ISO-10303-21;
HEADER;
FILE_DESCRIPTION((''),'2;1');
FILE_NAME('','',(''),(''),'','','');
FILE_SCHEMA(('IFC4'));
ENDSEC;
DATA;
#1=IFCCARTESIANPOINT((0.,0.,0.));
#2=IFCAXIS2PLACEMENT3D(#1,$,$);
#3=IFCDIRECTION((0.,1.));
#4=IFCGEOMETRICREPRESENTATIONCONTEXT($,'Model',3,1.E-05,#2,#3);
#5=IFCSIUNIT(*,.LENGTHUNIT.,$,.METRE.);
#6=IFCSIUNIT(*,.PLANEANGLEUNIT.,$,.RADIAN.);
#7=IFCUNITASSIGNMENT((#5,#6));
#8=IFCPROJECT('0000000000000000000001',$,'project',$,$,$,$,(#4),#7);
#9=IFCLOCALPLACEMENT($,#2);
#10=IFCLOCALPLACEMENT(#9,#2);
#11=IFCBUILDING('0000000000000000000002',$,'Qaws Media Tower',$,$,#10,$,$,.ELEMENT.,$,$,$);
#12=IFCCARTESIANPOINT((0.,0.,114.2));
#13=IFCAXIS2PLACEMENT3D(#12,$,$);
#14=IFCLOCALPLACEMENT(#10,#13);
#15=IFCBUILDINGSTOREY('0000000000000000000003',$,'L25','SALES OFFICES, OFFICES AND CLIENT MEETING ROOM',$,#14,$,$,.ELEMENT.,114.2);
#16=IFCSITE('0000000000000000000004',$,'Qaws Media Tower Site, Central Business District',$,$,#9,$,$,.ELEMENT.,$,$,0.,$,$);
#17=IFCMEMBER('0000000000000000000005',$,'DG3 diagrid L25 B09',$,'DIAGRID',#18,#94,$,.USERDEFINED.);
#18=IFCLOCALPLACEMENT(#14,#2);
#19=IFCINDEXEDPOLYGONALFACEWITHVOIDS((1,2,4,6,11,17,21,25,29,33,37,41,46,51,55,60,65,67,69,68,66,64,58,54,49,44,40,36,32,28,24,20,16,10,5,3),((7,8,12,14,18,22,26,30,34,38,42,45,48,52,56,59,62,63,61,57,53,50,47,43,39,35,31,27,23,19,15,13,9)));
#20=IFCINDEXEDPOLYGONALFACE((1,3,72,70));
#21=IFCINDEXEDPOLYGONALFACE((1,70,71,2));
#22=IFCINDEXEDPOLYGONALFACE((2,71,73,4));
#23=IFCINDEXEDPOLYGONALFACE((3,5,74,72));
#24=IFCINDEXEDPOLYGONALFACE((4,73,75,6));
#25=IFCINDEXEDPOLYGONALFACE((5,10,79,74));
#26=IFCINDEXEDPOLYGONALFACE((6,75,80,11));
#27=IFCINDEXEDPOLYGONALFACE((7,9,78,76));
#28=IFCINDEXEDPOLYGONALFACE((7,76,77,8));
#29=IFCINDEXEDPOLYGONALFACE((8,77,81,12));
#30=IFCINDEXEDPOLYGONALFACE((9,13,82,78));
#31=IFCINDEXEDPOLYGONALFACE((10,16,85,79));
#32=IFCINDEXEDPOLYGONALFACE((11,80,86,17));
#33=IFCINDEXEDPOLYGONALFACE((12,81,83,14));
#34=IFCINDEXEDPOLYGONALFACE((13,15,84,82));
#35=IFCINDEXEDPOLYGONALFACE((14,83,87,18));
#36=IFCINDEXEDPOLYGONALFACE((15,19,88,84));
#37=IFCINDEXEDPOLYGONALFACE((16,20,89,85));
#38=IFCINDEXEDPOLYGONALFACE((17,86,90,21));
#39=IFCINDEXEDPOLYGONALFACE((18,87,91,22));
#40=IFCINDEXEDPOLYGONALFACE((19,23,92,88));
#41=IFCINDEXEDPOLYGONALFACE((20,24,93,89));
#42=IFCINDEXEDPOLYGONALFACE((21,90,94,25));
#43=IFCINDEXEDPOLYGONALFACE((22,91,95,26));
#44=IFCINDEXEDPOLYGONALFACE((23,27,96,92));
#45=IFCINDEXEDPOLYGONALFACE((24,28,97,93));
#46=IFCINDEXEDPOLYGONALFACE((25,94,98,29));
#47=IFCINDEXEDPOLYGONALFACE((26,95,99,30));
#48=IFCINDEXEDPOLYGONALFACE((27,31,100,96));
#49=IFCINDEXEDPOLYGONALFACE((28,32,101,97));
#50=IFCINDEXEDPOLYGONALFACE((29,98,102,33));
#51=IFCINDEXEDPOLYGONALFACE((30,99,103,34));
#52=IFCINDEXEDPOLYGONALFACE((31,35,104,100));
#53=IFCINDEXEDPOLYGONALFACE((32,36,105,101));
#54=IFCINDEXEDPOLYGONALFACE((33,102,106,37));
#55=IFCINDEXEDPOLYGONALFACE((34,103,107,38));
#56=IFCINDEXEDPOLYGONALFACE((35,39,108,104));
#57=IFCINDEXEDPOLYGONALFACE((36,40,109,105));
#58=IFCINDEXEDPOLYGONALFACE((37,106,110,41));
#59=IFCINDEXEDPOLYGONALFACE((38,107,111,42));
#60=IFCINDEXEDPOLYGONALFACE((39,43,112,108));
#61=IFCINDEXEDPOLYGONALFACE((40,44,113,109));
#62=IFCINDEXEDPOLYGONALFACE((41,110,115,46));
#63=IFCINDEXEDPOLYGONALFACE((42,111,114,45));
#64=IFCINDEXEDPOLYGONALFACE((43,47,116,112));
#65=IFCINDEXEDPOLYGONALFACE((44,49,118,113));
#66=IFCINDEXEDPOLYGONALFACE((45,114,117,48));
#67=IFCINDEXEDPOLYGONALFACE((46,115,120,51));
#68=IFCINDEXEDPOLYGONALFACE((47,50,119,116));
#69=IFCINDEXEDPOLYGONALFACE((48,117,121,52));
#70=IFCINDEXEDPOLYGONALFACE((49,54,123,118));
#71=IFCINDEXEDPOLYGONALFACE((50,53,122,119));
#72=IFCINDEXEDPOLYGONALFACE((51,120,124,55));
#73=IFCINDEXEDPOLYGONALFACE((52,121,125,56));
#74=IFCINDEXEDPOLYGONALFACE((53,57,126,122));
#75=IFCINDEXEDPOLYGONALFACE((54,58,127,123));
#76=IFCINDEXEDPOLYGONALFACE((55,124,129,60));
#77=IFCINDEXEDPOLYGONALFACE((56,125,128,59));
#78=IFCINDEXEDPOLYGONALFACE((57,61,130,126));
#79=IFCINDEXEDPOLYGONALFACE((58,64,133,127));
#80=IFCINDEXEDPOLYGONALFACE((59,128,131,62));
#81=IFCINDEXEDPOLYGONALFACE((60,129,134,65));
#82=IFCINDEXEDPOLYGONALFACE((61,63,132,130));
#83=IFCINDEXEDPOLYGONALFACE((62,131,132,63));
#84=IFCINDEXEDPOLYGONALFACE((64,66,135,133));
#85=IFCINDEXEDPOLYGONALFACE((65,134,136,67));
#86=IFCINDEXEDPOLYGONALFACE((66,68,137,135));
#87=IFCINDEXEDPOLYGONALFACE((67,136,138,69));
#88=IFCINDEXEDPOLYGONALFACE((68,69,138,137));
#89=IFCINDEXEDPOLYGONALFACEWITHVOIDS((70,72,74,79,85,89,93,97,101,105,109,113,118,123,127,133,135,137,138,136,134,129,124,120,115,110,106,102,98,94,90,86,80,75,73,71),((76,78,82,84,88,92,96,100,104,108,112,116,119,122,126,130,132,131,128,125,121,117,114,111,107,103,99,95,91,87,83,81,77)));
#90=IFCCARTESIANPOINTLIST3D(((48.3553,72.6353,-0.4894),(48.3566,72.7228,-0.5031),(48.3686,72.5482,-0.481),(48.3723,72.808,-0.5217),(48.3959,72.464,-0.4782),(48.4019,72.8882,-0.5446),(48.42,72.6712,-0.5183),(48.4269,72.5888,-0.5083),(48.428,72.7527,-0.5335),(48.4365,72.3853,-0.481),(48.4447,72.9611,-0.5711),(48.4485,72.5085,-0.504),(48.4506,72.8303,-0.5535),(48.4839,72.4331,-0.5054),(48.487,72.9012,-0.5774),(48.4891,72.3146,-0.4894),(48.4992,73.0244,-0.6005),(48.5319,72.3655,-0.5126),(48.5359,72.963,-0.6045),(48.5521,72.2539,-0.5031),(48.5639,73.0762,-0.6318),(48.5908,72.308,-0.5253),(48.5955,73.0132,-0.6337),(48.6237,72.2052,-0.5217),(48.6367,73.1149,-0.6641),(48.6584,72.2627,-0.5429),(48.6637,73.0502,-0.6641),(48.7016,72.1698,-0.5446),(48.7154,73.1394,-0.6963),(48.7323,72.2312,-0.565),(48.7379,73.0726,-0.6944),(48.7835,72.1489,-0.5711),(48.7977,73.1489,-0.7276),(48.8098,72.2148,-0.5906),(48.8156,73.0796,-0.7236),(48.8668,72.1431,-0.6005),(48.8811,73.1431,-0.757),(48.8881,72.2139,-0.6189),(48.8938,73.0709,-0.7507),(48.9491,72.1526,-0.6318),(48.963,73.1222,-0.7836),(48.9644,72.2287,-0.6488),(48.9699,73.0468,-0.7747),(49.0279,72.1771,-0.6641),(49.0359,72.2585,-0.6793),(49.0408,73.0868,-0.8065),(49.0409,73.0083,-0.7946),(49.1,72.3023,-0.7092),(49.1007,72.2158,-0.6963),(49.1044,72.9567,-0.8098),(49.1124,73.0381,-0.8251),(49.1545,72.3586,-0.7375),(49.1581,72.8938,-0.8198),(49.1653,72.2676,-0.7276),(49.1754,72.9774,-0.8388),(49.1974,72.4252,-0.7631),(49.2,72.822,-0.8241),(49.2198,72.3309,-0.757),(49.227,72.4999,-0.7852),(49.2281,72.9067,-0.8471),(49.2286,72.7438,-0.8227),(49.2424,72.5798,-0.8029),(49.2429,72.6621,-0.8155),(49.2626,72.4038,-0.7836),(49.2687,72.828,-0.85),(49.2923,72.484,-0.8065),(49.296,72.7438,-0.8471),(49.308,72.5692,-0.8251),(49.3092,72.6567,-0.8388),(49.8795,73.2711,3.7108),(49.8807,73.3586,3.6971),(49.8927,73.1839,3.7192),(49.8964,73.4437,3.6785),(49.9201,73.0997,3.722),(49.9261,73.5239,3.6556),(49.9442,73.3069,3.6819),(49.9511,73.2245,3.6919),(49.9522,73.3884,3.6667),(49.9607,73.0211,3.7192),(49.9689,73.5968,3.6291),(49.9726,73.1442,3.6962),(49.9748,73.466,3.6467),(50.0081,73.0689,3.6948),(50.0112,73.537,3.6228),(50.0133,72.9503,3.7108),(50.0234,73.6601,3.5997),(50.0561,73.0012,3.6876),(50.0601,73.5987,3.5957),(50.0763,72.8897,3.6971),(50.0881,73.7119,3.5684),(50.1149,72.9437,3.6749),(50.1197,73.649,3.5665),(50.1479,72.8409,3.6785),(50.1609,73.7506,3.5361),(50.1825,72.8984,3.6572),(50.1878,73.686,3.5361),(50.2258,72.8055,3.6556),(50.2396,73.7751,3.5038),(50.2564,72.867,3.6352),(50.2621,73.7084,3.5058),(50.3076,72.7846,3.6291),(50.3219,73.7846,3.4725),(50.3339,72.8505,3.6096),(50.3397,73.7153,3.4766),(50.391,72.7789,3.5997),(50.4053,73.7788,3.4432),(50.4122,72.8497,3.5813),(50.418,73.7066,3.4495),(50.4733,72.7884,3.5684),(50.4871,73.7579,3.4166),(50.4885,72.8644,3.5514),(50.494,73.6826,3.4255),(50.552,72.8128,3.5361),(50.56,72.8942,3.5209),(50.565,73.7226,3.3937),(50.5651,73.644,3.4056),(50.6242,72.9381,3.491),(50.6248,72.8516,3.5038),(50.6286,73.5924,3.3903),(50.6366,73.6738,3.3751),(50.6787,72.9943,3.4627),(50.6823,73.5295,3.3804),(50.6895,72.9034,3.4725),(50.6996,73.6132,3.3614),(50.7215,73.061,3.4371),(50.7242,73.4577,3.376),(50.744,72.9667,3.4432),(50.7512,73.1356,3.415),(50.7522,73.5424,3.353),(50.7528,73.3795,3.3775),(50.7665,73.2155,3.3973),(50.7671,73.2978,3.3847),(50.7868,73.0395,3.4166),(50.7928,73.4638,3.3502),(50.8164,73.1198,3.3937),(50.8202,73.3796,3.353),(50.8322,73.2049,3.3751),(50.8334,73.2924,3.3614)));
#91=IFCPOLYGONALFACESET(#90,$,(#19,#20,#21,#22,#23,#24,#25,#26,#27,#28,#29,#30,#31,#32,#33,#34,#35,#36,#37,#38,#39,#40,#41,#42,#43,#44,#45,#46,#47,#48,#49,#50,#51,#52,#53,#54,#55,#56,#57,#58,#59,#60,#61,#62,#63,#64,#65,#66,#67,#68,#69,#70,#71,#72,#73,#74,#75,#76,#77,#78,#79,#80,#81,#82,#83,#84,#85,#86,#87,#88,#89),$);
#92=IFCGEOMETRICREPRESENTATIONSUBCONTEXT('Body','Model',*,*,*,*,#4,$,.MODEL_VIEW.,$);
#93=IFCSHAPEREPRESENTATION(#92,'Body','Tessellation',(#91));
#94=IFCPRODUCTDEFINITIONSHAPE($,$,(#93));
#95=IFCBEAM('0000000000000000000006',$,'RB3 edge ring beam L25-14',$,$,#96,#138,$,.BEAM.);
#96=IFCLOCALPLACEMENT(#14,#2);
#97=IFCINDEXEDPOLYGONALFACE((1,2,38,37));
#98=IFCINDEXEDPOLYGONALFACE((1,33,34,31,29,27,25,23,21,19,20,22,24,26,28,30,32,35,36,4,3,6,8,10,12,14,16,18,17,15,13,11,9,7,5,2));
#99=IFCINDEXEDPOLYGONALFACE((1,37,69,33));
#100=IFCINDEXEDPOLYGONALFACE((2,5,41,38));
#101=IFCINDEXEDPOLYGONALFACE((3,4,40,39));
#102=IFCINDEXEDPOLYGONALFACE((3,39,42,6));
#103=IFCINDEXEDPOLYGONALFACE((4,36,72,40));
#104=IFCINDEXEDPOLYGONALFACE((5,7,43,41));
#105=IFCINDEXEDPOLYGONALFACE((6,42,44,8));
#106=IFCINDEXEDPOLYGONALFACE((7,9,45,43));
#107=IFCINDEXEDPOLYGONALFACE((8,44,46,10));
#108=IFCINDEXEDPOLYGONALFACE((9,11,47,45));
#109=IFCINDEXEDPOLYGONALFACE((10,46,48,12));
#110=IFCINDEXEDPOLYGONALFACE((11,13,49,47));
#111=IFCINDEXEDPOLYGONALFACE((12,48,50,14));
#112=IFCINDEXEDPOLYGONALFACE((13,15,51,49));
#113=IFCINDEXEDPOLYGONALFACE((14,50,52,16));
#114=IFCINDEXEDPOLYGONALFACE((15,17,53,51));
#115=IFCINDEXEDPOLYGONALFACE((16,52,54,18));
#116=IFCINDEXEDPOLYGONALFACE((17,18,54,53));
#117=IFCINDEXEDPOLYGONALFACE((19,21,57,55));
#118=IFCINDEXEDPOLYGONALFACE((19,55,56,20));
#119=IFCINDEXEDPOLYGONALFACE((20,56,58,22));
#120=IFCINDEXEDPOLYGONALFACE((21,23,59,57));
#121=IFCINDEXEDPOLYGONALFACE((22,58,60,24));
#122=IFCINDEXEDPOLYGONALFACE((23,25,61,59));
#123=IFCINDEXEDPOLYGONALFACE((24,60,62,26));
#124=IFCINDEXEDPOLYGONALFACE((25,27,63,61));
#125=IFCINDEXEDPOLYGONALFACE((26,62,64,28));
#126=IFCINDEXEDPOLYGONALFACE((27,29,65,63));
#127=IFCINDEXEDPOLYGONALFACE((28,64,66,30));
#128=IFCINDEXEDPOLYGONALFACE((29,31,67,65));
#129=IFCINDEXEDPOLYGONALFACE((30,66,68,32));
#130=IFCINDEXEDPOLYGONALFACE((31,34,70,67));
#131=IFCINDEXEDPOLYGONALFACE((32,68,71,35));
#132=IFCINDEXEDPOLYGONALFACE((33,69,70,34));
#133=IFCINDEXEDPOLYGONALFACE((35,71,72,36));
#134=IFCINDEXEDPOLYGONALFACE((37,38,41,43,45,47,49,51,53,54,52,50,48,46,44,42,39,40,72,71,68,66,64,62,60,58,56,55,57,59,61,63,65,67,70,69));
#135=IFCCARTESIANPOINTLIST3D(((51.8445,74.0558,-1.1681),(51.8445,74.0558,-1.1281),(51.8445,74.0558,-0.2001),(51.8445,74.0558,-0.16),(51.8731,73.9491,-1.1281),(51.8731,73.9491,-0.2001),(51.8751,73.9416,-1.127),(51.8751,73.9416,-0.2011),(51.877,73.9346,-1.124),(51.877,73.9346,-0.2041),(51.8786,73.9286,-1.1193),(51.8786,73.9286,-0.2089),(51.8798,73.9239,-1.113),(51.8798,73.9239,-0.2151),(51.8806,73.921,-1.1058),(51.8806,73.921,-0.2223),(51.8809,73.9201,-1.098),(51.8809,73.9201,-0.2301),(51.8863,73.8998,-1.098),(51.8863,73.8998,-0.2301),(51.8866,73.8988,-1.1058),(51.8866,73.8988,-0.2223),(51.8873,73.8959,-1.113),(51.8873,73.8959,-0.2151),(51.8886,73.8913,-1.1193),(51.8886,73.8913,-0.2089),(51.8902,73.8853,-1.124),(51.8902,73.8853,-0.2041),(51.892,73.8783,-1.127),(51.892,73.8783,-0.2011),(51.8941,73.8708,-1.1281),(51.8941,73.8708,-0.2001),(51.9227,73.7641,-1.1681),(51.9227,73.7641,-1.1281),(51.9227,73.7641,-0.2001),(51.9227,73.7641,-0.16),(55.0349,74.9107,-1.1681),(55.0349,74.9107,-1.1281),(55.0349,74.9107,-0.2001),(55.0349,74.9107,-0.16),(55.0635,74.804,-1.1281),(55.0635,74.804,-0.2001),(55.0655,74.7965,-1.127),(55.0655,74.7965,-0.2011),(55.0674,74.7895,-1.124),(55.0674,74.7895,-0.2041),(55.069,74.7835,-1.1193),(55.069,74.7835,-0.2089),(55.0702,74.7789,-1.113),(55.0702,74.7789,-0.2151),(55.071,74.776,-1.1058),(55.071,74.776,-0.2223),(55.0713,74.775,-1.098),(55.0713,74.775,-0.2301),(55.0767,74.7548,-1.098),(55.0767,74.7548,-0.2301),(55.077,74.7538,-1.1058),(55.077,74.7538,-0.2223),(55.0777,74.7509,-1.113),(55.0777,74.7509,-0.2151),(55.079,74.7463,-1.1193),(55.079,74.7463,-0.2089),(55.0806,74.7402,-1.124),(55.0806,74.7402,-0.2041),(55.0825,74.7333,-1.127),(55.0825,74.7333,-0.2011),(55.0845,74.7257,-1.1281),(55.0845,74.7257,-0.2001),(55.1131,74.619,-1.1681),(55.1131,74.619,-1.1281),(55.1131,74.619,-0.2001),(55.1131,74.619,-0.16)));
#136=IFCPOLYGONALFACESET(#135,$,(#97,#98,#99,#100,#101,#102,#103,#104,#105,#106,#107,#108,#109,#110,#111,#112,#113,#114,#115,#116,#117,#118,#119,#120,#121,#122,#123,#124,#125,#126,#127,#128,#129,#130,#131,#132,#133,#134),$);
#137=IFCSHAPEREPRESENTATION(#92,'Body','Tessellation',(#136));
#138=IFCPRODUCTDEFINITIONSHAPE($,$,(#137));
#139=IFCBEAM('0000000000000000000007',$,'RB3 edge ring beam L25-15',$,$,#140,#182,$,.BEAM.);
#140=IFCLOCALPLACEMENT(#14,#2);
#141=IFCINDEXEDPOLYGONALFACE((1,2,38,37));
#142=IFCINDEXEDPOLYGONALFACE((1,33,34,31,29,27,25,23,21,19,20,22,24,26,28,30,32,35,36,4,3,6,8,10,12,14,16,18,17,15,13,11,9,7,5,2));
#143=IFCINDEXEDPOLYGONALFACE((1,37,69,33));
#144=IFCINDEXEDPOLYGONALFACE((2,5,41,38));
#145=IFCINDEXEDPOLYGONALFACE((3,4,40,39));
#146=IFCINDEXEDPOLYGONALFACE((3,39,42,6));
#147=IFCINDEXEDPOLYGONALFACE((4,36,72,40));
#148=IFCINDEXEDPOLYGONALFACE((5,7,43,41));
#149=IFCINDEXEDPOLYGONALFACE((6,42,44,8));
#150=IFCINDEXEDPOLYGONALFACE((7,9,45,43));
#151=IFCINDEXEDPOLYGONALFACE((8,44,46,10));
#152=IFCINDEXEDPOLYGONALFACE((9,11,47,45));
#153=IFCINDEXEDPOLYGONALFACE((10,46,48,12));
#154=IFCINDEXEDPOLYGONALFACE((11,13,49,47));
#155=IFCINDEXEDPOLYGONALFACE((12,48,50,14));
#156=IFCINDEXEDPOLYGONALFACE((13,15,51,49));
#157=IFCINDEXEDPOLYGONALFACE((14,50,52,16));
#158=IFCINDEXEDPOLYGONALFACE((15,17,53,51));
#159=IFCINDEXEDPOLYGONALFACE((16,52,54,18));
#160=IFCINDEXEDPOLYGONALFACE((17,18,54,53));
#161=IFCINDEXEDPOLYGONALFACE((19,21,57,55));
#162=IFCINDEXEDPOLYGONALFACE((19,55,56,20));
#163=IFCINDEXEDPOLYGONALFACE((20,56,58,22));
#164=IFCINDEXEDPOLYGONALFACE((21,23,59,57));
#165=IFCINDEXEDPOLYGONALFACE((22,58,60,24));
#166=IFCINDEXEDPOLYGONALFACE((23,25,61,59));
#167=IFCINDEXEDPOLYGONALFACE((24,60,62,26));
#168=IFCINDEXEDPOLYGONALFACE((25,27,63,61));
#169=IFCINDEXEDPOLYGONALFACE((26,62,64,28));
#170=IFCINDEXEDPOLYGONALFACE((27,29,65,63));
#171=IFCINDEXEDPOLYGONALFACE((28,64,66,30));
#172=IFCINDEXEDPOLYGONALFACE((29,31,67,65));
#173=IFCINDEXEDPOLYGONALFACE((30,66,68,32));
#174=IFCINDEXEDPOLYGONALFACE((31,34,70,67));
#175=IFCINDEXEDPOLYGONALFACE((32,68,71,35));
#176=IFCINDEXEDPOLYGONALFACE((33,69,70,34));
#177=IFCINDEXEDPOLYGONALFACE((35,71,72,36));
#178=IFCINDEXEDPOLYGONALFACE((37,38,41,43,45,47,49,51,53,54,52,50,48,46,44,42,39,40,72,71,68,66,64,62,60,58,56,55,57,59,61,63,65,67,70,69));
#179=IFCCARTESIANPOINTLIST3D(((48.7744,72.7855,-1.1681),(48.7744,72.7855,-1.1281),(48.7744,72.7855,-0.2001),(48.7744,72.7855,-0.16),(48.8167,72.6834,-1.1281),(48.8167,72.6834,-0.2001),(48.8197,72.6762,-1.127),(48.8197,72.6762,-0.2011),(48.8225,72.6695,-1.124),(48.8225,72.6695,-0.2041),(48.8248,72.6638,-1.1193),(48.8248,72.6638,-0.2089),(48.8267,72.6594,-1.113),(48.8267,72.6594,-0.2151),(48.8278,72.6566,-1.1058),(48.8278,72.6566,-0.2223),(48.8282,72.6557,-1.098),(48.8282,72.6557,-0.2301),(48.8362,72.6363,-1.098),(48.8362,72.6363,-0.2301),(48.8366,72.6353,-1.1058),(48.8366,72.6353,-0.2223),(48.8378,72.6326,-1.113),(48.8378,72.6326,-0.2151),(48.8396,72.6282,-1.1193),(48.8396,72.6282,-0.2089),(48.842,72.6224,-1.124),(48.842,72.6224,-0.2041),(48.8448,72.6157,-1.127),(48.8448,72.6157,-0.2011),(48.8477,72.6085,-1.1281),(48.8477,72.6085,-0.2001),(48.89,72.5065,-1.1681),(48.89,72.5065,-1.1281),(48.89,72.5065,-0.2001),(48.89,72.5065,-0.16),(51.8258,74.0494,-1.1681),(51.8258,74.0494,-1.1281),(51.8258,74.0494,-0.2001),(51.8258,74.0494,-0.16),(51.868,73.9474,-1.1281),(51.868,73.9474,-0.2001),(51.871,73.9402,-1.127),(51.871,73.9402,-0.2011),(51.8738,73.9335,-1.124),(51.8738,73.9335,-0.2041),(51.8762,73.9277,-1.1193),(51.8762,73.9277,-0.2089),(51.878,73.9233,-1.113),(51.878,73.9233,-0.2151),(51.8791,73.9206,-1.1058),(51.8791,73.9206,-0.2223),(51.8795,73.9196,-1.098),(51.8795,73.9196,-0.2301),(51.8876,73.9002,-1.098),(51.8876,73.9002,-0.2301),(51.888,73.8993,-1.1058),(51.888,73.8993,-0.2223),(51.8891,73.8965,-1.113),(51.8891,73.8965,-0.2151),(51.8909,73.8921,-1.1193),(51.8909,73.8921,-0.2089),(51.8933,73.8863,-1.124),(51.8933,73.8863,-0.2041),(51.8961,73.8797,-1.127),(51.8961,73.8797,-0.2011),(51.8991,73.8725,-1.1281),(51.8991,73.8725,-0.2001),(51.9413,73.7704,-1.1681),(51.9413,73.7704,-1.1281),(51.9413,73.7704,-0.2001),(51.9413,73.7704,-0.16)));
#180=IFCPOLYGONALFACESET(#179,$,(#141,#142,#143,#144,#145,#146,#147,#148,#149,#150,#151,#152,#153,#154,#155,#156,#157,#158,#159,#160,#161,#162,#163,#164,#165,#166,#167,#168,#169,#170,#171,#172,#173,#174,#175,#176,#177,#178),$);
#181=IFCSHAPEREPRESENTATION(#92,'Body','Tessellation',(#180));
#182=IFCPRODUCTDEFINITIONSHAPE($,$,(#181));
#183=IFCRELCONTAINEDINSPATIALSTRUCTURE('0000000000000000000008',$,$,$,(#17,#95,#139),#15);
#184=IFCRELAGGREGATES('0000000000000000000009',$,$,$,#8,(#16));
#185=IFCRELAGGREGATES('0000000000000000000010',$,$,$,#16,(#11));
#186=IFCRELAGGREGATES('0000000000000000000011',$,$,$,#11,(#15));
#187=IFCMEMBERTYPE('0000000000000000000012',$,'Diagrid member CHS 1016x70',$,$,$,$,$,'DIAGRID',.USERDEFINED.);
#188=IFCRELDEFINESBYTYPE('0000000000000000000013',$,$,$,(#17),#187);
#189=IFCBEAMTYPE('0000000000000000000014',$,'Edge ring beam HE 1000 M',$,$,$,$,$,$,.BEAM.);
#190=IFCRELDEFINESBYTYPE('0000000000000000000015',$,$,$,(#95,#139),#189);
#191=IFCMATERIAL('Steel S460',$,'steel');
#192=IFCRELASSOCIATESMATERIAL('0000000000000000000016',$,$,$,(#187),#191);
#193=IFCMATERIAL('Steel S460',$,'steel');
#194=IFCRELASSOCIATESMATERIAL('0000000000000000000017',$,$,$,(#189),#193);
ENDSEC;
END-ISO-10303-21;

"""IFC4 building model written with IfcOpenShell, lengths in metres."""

from ifc_helpers import new_model, si_unit, direction, frame, origin, origin_2d, place, context, subcontext, project, spatial, hollow_circle, i_section, extrude, material, material_profile, profile_set, type_object, element, save


model = new_model("IFC4")

# Units and contexts
model_context = context("Model", 3, precision=1e-05, world=origin(), true_north=direction((0.0, 1.0)))
body_context = subcontext(model_context, "Body", "Model", "MODEL_VIEW")
ifc_project = project(units=[si_unit("LENGTHUNIT", "METRE"), si_unit("PLANEANGLEUNIT", "RADIAN")], contexts=[model_context])

# Site, building, storey
site_placement = place(None, origin())
site = spatial("IfcSite", under=ifc_project, at=site_placement, Name="Qaws Media Tower Site, Central Business District", CompositionType="ELEMENT", RefElevation=0.0)
building_placement = place(site_placement, origin())
building = spatial("IfcBuilding", under=site, at=building_placement, Name="Qaws Media Tower", CompositionType="ELEMENT")
storey_placement = place(building_placement, frame((0.0, 0.0, 114.2)))
storey = spatial("IfcBuildingStorey", under=building, at=storey_placement, Name="L25", Description="SALES OFFICES, OFFICES AND CLIENT MEETING ROOM", CompositionType="ELEMENT", Elevation=114.2)

# Member
ifc_material_1 = material(Name="Steel S460", Category="steel")
ifc_material_profile_1 = material_profile(ifc_material_1, hollow_circle(Radius=0.5081, WallThickness=0.0701, at=origin_2d()), Name="CHS 1016x70")
ifc_profile_set_1 = profile_set([ifc_material_profile_1], Name="Steel S460")
member_type_1 = type_object("IfcMemberType", Name="Diagrid member CHS 1016x70", ElementType="DIAGRID", PredefinedType="USERDEFINED", material=ifc_profile_set_1)
for number, where, z_axis, x_axis, name in (
    (1, (48.8323, 72.646, -0.6641), (0.337714, 0.140863, 0.930648), (-0.384962, 0.922933, 0.0), "DG3 diagrid L25 B09"),
):
    element("IfcMember", number, at=place(storey_placement, frame(where, z_axis=z_axis, x_axis=x_axis)), inside=storey, type_object=member_type_1, Name=name, ObjectType="DIAGRID", PredefinedType="USERDEFINED", context=body_context, shape_type="SweptSolid", body=[
        extrude(hollow_circle(Radius=0.5081, WallThickness=0.0701, at=origin_2d()), origin(), (0.0, 0.0, 1.0), 4.5132),
    ])

# Beams
ifc_material_2 = material(Name="Steel S460", Category="steel")
ifc_material_profile_2 = material_profile(ifc_material_2, i_section(OverallWidth=0.302, OverallDepth=1.0081, WebThickness=0.021, FlangeThickness=0.04, FilletRadius=0.03, at=origin_2d()), Name="HE 1000 M")
ifc_profile_set_2 = profile_set([ifc_material_profile_2], Name="Steel S460")
beam_type_1 = type_object("IfcBeamType", Name="Edge ring beam HE 1000 M", PredefinedType="BEAM", material=ifc_profile_set_2)
beam_1_placement = place(storey_placement, frame((55.074, 74.7649, -0.6641), z_axis=(-0.965918, -0.258849, 0.0), x_axis=(0.258849, -0.965918, 0.0)))
element("IfcBeam", 2, at=beam_1_placement, inside=storey, type_object=beam_type_1, Name="RB3 edge ring beam L25-14", PredefinedType="BEAM", context=body_context, shape_type="SweptSolid", body=[
    extrude(i_section(OverallWidth=0.302, OverallDepth=1.0081, WebThickness=0.021, FlangeThickness=0.04, FilletRadius=0.03, at=origin_2d()), origin(), (0.0, 0.0, 1.0), 3.303),
])
for number, where, z_axis, x_axis, name in (
    (3, (51.8835, 73.9099, -0.6641), (-0.923875, -0.382693, 0.0), (0.382693, -0.923875, 0.0), "RB3 edge ring beam L25-15"),
):
    element("IfcBeam", number, at=place(storey_placement, frame(where, z_axis=z_axis, x_axis=x_axis)), inside=storey, type_object=beam_type_1, Name=name, PredefinedType="BEAM", context=body_context, shape_type="SweptSolid", body=[
        extrude(i_section(OverallWidth=0.302, OverallDepth=1.0081, WebThickness=0.021, FlangeThickness=0.04, FilletRadius=0.03, at=origin_2d()), origin(), (0.0, 0.0, 1.0), 3.3027),
    ])

save(model, "model.ifc")
